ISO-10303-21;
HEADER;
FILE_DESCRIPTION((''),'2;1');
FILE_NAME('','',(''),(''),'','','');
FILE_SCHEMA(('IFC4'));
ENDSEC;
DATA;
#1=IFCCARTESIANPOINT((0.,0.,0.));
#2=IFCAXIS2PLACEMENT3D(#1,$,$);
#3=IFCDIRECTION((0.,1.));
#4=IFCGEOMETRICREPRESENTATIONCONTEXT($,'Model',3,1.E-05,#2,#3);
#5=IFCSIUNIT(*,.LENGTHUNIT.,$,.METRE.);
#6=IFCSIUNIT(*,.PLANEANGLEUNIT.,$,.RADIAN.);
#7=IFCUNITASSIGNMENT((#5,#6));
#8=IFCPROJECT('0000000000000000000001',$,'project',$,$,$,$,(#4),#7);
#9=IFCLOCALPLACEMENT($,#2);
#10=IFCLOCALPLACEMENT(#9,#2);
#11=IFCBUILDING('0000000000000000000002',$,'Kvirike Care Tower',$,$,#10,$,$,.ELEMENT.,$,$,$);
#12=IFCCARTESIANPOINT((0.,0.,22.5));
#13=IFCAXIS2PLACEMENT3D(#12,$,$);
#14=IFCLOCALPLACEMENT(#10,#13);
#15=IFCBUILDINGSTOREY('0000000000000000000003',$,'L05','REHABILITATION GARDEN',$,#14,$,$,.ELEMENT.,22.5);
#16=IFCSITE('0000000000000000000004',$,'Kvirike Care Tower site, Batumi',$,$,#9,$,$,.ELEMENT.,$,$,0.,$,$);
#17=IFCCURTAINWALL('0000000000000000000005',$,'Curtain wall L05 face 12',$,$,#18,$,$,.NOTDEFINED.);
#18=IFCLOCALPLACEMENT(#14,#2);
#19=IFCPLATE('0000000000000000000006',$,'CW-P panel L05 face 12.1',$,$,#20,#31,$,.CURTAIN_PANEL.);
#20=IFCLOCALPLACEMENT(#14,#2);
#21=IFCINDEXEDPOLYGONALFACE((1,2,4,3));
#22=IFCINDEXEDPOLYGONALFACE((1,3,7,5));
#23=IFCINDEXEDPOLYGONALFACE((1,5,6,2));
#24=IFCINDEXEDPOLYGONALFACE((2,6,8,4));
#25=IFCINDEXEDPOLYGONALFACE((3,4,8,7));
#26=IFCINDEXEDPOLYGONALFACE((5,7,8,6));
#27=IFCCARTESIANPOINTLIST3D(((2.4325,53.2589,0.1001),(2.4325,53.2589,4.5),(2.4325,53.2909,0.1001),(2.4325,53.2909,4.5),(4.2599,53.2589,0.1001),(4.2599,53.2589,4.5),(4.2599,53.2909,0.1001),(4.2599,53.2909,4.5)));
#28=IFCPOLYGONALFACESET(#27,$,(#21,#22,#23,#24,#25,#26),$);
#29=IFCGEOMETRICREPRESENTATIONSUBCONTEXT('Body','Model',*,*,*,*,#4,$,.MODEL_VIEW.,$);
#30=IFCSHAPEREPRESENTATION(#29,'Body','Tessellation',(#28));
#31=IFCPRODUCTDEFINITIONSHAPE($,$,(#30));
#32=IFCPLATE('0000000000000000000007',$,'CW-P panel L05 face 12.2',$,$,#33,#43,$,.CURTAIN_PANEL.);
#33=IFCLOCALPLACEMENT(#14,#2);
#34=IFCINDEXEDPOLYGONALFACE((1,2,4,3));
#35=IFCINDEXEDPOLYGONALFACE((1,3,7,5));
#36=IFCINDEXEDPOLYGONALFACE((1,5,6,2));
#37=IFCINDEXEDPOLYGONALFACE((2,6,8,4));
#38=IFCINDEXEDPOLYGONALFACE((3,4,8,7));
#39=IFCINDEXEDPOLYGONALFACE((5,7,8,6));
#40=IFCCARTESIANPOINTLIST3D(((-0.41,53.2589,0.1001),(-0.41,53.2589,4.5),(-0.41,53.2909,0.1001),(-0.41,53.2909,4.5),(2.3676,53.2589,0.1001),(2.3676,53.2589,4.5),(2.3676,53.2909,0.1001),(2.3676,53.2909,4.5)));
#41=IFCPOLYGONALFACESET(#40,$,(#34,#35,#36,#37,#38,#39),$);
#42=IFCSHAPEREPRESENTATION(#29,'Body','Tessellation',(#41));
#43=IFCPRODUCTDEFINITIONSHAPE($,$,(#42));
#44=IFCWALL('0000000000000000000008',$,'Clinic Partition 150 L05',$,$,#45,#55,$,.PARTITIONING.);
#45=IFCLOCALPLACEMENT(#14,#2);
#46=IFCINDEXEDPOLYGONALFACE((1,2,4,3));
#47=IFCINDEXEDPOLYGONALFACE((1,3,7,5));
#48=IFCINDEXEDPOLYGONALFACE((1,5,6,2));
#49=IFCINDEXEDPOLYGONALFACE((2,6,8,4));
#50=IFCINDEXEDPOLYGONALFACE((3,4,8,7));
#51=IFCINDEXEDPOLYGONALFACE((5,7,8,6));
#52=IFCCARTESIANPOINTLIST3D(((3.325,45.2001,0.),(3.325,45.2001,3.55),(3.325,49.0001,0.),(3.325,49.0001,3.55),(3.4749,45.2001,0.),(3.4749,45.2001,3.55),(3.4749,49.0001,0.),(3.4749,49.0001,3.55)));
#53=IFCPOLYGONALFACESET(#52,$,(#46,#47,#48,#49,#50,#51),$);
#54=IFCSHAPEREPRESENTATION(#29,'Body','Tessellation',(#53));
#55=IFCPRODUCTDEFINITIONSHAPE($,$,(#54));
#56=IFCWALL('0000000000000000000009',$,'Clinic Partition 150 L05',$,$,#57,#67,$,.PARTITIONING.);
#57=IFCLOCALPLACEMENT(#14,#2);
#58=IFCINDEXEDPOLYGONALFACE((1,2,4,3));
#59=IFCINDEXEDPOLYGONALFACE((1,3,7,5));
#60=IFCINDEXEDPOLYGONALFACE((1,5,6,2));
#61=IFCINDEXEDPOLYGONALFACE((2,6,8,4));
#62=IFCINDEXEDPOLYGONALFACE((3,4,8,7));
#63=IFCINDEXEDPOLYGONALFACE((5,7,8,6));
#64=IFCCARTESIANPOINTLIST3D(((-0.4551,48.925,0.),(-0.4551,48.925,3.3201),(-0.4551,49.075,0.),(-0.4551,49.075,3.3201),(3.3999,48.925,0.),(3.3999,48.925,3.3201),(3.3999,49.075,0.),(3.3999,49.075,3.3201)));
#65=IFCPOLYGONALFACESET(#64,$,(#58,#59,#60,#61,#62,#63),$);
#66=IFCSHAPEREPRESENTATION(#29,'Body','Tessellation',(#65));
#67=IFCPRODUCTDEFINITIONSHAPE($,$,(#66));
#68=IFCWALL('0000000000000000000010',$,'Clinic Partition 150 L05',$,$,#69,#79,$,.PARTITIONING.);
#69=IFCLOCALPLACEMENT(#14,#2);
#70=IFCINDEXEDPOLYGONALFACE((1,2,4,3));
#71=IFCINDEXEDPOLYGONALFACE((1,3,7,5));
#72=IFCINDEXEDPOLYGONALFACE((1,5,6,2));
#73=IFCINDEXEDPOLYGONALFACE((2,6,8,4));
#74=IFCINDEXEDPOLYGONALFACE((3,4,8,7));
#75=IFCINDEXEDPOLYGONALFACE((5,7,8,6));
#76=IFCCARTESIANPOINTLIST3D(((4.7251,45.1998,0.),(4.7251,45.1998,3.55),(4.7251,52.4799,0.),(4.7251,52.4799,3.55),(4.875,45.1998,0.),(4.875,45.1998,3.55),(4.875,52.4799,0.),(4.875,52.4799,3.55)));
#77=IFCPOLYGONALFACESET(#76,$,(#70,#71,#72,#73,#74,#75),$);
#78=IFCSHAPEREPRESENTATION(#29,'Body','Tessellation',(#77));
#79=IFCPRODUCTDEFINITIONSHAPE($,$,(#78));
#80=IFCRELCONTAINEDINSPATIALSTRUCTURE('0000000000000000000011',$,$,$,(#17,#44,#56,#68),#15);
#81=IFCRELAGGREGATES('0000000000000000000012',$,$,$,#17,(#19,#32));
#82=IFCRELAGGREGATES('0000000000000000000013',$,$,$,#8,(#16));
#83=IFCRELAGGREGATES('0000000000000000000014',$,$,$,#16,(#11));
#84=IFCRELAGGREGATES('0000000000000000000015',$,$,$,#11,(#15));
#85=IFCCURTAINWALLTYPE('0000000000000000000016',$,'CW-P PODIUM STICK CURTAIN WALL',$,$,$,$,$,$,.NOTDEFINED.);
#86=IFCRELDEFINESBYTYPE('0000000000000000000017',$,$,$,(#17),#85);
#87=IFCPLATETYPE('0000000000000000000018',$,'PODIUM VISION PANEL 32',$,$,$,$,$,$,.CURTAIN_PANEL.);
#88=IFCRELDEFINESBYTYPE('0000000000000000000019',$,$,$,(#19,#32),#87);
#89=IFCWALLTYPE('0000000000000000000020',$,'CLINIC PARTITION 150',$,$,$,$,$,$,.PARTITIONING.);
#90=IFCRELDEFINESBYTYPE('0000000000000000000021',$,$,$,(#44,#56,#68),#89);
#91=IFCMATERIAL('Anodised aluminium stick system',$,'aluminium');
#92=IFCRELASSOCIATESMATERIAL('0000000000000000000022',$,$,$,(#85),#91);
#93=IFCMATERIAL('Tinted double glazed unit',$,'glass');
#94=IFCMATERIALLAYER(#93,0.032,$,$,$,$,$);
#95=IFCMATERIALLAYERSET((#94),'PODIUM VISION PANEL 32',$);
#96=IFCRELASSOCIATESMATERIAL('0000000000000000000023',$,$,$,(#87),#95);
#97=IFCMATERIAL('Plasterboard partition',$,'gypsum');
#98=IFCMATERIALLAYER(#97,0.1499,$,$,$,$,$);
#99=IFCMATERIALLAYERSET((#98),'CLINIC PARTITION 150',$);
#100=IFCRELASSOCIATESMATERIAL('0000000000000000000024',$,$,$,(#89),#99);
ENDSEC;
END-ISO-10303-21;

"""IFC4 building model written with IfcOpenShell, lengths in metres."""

from ifc_helpers import new_model, si_unit, direction, frame, frame_2d, origin, origin_2d, place, context, subcontext, project, spatial, rectangle, extrude, material, layer, layer_set, type_object, element, aggregate, save


model = new_model("IFC4")

# Units and contexts
model_context = context("Model", 3, precision=1e-05, world=origin(), true_north=direction((0.0, 1.0)))
body_context = subcontext(model_context, "Body", "Model", "MODEL_VIEW")
ifc_project = project(units=[si_unit("LENGTHUNIT", "METRE"), si_unit("PLANEANGLEUNIT", "RADIAN")], contexts=[model_context])

# Site, building, storey
site_placement = place(None, origin())
site = spatial("IfcSite", under=ifc_project, at=site_placement, Name="Kvirike Care Tower site, Batumi", CompositionType="ELEMENT", RefElevation=0.0)
building_placement = place(site_placement, origin())
building = spatial("IfcBuilding", under=site, at=building_placement, Name="Kvirike Care Tower", CompositionType="ELEMENT")
storey_placement = place(building_placement, frame((0.0, 0.0, 22.5)))
storey = spatial("IfcBuildingStorey", under=building, at=storey_placement, Name="L05", Description="REHABILITATION GARDEN", CompositionType="ELEMENT", Elevation=22.5)

# Shared definitions
ifc_material_1 = material(Name="Anodised aluminium stick system", Category="aluminium")
curtain_wall_type = type_object("IfcCurtainWallType", Name="CW-P PODIUM STICK CURTAIN WALL", PredefinedType="NOTDEFINED", material=ifc_material_1)

# Curtain wall
curtain_wall_1_placement = place(storey_placement, origin())
curtain_wall_1 = element("IfcCurtainWall", 1, at=curtain_wall_1_placement, inside=storey, type_object=curtain_wall_type, Name="Curtain wall L05 face 12", PredefinedType="NOTDEFINED")

# Plates
ifc_material_2 = material(Name="Tinted double glazed unit", Category="glass")
ifc_layer_1 = layer(ifc_material_2, 0.032)
ifc_layer_set_1 = layer_set([ifc_layer_1], Name="PODIUM VISION PANEL 32")
plate_type = type_object("IfcPlateType", Name="PODIUM VISION PANEL 32", PredefinedType="CURTAIN_PANEL", material=ifc_layer_set_1)
plate_1_placement = place(storey_placement, frame((3.3462, 53.2749, 0.1001), z_axis=(0.0, 0.0, 1.0), x_axis=(-1.0, 0.0, 0.0)))
plate_1 = element("IfcPlate", 2, at=plate_1_placement, type_object=plate_type, Name="CW-P panel L05 face 12.1", PredefinedType="CURTAIN_PANEL", context=body_context, shape_type="SweptSolid", body=[
    extrude(rectangle(XDim=1.8274, YDim=0.032, at=origin_2d()), origin(), (0.0, 0.0, 1.0), 4.3999),
])
plate_2_placement = place(storey_placement, frame((0.9788, 53.2749, 0.1001), z_axis=(0.0, 0.0, 1.0), x_axis=(-1.0, 0.0, 0.0)))
plate_2 = element("IfcPlate", 3, at=plate_2_placement, type_object=plate_type, Name="CW-P panel L05 face 12.2", PredefinedType="CURTAIN_PANEL", context=body_context, shape_type="SweptSolid", body=[
    extrude(rectangle(XDim=2.7776, YDim=0.032, at=origin_2d()), origin(), (0.0, 0.0, 1.0), 4.3999),
])
aggregate(curtain_wall_1, [plate_1, plate_2])

# Walls
ifc_material_3 = material(Name="Plasterboard partition", Category="gypsum")
ifc_layer_2 = layer(ifc_material_3, 0.1499)
ifc_layer_set_2 = layer_set([ifc_layer_2], Name="CLINIC PARTITION 150")
wall_type = type_object("IfcWallType", Name="CLINIC PARTITION 150", PredefinedType="PARTITIONING", material=ifc_layer_set_2)
wall_1_placement = place(storey_placement, frame((3.3999, 49.0, 0.0), z_axis=(0.0, 0.0, 1.0), x_axis=(0.0, -1.0, 0.0)))
element("IfcWall", 4, at=wall_1_placement, inside=storey, type_object=wall_type, Name="Clinic Partition 150 L05", PredefinedType="PARTITIONING", context=body_context, shape_type="SweptSolid", body=[
    extrude(rectangle(XDim=3.8, YDim=0.1499, at=frame_2d((1.8999, 0.0))), origin(), (0.0, 0.0, 1.0), 3.55),
])
wall_2_placement = place(storey_placement, frame((3.3999, 49.0, 0.0), z_axis=(0.0, 0.0, 1.0), x_axis=(-1.0, 0.0, 0.0)))
element("IfcWall", 5, at=wall_2_placement, inside=storey, type_object=wall_type, Name="Clinic Partition 150 L05", PredefinedType="PARTITIONING", context=body_context, shape_type="SweptSolid", body=[
    extrude(rectangle(XDim=3.855, YDim=0.1499, at=frame_2d((1.9275, 0.0))), origin(), (0.0, 0.0, 1.0), 3.3201),
])
wall_3_placement = place(storey_placement, frame((4.8, 52.48, 0.0), z_axis=(0.0, 0.0, 1.0), x_axis=(0.0, -1.0, 0.0)))
element("IfcWall", 6, at=wall_3_placement, inside=storey, type_object=wall_type, Name="Clinic Partition 150 L05", PredefinedType="PARTITIONING", context=body_context, shape_type="SweptSolid", body=[
    extrude(rectangle(XDim=7.28, YDim=0.1499, at=frame_2d((3.6401, 0.0))), origin(), (0.0, 0.0, 1.0), 3.55),
])

save(model, "model.ifc")
